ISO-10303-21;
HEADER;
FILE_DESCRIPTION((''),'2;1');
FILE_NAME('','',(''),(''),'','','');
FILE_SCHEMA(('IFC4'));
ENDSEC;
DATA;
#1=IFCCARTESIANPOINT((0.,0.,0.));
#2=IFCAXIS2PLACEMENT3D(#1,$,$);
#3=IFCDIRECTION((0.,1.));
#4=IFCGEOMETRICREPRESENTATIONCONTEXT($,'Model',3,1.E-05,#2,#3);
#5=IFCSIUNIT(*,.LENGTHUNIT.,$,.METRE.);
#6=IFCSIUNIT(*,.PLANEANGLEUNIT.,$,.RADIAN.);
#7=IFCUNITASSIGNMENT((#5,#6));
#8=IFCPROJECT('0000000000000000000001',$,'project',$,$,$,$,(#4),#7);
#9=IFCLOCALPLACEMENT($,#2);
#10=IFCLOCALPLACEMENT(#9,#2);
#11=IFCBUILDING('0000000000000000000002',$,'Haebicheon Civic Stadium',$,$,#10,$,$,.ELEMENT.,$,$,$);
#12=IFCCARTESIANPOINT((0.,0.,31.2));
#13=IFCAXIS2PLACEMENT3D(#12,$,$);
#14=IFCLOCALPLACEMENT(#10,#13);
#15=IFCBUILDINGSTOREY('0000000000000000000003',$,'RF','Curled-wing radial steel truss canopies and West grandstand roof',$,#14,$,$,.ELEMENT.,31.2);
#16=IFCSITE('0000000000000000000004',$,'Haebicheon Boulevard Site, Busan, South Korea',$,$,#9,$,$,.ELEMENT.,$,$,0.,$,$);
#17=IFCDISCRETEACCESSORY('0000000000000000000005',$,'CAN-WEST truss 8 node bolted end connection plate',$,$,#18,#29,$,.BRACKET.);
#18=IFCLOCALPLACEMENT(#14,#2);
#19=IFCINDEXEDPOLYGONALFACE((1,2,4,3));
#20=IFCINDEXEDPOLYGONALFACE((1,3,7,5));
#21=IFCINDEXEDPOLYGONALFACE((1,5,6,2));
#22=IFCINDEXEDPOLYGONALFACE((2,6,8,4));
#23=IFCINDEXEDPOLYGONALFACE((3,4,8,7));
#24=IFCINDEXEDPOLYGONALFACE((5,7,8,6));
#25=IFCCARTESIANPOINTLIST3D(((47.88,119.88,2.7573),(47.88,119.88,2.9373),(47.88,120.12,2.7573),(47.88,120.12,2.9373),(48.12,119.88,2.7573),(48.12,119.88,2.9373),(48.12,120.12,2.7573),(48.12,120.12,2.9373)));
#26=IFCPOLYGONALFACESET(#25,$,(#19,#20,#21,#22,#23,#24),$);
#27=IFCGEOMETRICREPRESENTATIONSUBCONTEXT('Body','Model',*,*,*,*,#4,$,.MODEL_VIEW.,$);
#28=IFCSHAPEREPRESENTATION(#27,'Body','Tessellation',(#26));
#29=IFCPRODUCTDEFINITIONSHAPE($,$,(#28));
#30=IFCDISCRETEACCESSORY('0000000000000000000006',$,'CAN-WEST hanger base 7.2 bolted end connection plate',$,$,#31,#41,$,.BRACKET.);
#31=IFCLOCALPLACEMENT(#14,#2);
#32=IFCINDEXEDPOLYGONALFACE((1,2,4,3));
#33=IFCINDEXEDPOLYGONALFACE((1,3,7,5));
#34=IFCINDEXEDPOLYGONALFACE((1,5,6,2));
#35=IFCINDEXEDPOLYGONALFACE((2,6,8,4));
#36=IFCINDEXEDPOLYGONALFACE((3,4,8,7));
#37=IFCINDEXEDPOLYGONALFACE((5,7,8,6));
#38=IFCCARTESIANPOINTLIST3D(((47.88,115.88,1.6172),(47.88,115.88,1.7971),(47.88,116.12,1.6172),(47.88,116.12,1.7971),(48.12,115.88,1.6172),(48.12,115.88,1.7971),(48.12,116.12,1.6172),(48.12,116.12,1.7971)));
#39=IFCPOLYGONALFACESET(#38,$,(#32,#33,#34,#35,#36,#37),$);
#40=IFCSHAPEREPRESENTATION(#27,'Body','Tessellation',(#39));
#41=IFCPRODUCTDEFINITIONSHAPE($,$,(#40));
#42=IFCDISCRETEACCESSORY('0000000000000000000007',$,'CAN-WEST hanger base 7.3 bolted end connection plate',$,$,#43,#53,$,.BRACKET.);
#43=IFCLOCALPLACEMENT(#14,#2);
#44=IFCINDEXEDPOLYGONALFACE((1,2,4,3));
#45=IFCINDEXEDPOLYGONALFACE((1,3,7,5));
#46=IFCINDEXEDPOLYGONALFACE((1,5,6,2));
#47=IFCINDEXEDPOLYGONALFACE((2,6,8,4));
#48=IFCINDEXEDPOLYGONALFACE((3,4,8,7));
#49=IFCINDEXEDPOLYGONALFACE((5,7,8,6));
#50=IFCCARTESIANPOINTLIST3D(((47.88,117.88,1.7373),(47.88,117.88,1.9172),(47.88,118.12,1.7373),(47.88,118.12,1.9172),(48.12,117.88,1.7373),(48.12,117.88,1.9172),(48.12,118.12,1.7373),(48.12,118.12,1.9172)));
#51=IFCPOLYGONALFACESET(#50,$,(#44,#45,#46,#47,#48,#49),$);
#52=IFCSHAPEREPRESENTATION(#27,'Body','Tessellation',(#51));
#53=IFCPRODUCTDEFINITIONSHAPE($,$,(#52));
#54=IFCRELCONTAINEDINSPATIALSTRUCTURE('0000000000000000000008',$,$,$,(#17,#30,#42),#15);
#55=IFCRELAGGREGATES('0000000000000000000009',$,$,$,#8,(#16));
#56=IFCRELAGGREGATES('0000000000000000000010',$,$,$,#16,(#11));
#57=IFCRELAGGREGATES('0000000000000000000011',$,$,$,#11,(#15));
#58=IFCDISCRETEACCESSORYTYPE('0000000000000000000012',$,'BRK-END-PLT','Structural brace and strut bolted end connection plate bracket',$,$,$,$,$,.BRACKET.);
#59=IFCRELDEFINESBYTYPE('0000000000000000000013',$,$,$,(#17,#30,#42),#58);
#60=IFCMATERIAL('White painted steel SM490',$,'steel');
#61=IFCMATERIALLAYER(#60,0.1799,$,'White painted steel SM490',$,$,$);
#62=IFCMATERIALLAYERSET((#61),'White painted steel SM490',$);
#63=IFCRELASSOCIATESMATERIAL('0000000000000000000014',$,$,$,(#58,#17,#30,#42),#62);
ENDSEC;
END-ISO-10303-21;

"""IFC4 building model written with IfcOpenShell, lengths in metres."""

from ifc_helpers import new_model, si_unit, direction, frame, origin, origin_2d, place, context, subcontext, project, spatial, rectangle, extrude, material, layer, layer_set, type_object, element, save


model = new_model("IFC4")

# Units and contexts
model_context = context("Model", 3, precision=1e-05, world=origin(), true_north=direction((0.0, 1.0)))
body_context = subcontext(model_context, "Body", "Model", "MODEL_VIEW")
ifc_project = project(units=[si_unit("LENGTHUNIT", "METRE"), si_unit("PLANEANGLEUNIT", "RADIAN")], contexts=[model_context])

# Site, building, storey
site_placement = place(None, origin())
site = spatial("IfcSite", under=ifc_project, at=site_placement, Name="Haebicheon Boulevard Site, Busan, South Korea", CompositionType="ELEMENT", RefElevation=0.0)
building_placement = place(site_placement, origin())
building = spatial("IfcBuilding", under=site, at=building_placement, Name="Haebicheon Civic Stadium", CompositionType="ELEMENT")
storey_placement = place(building_placement, frame((0.0, 0.0, 31.2)))
storey = spatial("IfcBuildingStorey", under=building, at=storey_placement, Name="RF", Description="Curled-wing radial steel truss canopies and West grandstand roof", CompositionType="ELEMENT", Elevation=31.2)

# Discrete accessories
ifc_material_1 = material(Name="White painted steel SM490", Category="steel")
ifc_layer_1 = layer(ifc_material_1, 0.1799, Name="White painted steel SM490")
ifc_layer_set_1 = layer_set([ifc_layer_1], Name="White painted steel SM490")
discrete_accessory_type = type_object("IfcDiscreteAccessoryType", Name="BRK-END-PLT", Description="Structural brace and strut bolted end connection plate bracket", PredefinedType="BRACKET", material=ifc_layer_set_1)
for number, where, z_axis, x_axis, name in (
    (1, (48.0, 120.0, 2.7573), (0.0, 0.0, 1.0), (1.0, 0.0, 0.0), "CAN-WEST truss 8 node bolted end connection plate"),
    (2, (48.0, 116.0, 1.6172), (0.0, 0.0, 1.0), (1.0, 0.0, 0.0), "CAN-WEST hanger base 7.2 bolted end connection plate"),
    (3, (48.0, 118.0, 1.7373), (0.0, 0.0, 1.0), (1.0, 0.0, 0.0), "CAN-WEST hanger base 7.3 bolted end connection plate"),
):
    element("IfcDiscreteAccessory", number, at=place(storey_placement, frame(where, z_axis=z_axis, x_axis=x_axis)), inside=storey, type_object=discrete_accessory_type, material=ifc_layer_set_1, Name=name, PredefinedType="BRACKET", context=body_context, shape_type="SweptSolid", body=[
        extrude(rectangle(XDim=0.24, YDim=0.24, at=origin_2d()), origin(), (0.0, 0.0, 1.0), 0.1799),
    ])

save(model, "model.ifc")
